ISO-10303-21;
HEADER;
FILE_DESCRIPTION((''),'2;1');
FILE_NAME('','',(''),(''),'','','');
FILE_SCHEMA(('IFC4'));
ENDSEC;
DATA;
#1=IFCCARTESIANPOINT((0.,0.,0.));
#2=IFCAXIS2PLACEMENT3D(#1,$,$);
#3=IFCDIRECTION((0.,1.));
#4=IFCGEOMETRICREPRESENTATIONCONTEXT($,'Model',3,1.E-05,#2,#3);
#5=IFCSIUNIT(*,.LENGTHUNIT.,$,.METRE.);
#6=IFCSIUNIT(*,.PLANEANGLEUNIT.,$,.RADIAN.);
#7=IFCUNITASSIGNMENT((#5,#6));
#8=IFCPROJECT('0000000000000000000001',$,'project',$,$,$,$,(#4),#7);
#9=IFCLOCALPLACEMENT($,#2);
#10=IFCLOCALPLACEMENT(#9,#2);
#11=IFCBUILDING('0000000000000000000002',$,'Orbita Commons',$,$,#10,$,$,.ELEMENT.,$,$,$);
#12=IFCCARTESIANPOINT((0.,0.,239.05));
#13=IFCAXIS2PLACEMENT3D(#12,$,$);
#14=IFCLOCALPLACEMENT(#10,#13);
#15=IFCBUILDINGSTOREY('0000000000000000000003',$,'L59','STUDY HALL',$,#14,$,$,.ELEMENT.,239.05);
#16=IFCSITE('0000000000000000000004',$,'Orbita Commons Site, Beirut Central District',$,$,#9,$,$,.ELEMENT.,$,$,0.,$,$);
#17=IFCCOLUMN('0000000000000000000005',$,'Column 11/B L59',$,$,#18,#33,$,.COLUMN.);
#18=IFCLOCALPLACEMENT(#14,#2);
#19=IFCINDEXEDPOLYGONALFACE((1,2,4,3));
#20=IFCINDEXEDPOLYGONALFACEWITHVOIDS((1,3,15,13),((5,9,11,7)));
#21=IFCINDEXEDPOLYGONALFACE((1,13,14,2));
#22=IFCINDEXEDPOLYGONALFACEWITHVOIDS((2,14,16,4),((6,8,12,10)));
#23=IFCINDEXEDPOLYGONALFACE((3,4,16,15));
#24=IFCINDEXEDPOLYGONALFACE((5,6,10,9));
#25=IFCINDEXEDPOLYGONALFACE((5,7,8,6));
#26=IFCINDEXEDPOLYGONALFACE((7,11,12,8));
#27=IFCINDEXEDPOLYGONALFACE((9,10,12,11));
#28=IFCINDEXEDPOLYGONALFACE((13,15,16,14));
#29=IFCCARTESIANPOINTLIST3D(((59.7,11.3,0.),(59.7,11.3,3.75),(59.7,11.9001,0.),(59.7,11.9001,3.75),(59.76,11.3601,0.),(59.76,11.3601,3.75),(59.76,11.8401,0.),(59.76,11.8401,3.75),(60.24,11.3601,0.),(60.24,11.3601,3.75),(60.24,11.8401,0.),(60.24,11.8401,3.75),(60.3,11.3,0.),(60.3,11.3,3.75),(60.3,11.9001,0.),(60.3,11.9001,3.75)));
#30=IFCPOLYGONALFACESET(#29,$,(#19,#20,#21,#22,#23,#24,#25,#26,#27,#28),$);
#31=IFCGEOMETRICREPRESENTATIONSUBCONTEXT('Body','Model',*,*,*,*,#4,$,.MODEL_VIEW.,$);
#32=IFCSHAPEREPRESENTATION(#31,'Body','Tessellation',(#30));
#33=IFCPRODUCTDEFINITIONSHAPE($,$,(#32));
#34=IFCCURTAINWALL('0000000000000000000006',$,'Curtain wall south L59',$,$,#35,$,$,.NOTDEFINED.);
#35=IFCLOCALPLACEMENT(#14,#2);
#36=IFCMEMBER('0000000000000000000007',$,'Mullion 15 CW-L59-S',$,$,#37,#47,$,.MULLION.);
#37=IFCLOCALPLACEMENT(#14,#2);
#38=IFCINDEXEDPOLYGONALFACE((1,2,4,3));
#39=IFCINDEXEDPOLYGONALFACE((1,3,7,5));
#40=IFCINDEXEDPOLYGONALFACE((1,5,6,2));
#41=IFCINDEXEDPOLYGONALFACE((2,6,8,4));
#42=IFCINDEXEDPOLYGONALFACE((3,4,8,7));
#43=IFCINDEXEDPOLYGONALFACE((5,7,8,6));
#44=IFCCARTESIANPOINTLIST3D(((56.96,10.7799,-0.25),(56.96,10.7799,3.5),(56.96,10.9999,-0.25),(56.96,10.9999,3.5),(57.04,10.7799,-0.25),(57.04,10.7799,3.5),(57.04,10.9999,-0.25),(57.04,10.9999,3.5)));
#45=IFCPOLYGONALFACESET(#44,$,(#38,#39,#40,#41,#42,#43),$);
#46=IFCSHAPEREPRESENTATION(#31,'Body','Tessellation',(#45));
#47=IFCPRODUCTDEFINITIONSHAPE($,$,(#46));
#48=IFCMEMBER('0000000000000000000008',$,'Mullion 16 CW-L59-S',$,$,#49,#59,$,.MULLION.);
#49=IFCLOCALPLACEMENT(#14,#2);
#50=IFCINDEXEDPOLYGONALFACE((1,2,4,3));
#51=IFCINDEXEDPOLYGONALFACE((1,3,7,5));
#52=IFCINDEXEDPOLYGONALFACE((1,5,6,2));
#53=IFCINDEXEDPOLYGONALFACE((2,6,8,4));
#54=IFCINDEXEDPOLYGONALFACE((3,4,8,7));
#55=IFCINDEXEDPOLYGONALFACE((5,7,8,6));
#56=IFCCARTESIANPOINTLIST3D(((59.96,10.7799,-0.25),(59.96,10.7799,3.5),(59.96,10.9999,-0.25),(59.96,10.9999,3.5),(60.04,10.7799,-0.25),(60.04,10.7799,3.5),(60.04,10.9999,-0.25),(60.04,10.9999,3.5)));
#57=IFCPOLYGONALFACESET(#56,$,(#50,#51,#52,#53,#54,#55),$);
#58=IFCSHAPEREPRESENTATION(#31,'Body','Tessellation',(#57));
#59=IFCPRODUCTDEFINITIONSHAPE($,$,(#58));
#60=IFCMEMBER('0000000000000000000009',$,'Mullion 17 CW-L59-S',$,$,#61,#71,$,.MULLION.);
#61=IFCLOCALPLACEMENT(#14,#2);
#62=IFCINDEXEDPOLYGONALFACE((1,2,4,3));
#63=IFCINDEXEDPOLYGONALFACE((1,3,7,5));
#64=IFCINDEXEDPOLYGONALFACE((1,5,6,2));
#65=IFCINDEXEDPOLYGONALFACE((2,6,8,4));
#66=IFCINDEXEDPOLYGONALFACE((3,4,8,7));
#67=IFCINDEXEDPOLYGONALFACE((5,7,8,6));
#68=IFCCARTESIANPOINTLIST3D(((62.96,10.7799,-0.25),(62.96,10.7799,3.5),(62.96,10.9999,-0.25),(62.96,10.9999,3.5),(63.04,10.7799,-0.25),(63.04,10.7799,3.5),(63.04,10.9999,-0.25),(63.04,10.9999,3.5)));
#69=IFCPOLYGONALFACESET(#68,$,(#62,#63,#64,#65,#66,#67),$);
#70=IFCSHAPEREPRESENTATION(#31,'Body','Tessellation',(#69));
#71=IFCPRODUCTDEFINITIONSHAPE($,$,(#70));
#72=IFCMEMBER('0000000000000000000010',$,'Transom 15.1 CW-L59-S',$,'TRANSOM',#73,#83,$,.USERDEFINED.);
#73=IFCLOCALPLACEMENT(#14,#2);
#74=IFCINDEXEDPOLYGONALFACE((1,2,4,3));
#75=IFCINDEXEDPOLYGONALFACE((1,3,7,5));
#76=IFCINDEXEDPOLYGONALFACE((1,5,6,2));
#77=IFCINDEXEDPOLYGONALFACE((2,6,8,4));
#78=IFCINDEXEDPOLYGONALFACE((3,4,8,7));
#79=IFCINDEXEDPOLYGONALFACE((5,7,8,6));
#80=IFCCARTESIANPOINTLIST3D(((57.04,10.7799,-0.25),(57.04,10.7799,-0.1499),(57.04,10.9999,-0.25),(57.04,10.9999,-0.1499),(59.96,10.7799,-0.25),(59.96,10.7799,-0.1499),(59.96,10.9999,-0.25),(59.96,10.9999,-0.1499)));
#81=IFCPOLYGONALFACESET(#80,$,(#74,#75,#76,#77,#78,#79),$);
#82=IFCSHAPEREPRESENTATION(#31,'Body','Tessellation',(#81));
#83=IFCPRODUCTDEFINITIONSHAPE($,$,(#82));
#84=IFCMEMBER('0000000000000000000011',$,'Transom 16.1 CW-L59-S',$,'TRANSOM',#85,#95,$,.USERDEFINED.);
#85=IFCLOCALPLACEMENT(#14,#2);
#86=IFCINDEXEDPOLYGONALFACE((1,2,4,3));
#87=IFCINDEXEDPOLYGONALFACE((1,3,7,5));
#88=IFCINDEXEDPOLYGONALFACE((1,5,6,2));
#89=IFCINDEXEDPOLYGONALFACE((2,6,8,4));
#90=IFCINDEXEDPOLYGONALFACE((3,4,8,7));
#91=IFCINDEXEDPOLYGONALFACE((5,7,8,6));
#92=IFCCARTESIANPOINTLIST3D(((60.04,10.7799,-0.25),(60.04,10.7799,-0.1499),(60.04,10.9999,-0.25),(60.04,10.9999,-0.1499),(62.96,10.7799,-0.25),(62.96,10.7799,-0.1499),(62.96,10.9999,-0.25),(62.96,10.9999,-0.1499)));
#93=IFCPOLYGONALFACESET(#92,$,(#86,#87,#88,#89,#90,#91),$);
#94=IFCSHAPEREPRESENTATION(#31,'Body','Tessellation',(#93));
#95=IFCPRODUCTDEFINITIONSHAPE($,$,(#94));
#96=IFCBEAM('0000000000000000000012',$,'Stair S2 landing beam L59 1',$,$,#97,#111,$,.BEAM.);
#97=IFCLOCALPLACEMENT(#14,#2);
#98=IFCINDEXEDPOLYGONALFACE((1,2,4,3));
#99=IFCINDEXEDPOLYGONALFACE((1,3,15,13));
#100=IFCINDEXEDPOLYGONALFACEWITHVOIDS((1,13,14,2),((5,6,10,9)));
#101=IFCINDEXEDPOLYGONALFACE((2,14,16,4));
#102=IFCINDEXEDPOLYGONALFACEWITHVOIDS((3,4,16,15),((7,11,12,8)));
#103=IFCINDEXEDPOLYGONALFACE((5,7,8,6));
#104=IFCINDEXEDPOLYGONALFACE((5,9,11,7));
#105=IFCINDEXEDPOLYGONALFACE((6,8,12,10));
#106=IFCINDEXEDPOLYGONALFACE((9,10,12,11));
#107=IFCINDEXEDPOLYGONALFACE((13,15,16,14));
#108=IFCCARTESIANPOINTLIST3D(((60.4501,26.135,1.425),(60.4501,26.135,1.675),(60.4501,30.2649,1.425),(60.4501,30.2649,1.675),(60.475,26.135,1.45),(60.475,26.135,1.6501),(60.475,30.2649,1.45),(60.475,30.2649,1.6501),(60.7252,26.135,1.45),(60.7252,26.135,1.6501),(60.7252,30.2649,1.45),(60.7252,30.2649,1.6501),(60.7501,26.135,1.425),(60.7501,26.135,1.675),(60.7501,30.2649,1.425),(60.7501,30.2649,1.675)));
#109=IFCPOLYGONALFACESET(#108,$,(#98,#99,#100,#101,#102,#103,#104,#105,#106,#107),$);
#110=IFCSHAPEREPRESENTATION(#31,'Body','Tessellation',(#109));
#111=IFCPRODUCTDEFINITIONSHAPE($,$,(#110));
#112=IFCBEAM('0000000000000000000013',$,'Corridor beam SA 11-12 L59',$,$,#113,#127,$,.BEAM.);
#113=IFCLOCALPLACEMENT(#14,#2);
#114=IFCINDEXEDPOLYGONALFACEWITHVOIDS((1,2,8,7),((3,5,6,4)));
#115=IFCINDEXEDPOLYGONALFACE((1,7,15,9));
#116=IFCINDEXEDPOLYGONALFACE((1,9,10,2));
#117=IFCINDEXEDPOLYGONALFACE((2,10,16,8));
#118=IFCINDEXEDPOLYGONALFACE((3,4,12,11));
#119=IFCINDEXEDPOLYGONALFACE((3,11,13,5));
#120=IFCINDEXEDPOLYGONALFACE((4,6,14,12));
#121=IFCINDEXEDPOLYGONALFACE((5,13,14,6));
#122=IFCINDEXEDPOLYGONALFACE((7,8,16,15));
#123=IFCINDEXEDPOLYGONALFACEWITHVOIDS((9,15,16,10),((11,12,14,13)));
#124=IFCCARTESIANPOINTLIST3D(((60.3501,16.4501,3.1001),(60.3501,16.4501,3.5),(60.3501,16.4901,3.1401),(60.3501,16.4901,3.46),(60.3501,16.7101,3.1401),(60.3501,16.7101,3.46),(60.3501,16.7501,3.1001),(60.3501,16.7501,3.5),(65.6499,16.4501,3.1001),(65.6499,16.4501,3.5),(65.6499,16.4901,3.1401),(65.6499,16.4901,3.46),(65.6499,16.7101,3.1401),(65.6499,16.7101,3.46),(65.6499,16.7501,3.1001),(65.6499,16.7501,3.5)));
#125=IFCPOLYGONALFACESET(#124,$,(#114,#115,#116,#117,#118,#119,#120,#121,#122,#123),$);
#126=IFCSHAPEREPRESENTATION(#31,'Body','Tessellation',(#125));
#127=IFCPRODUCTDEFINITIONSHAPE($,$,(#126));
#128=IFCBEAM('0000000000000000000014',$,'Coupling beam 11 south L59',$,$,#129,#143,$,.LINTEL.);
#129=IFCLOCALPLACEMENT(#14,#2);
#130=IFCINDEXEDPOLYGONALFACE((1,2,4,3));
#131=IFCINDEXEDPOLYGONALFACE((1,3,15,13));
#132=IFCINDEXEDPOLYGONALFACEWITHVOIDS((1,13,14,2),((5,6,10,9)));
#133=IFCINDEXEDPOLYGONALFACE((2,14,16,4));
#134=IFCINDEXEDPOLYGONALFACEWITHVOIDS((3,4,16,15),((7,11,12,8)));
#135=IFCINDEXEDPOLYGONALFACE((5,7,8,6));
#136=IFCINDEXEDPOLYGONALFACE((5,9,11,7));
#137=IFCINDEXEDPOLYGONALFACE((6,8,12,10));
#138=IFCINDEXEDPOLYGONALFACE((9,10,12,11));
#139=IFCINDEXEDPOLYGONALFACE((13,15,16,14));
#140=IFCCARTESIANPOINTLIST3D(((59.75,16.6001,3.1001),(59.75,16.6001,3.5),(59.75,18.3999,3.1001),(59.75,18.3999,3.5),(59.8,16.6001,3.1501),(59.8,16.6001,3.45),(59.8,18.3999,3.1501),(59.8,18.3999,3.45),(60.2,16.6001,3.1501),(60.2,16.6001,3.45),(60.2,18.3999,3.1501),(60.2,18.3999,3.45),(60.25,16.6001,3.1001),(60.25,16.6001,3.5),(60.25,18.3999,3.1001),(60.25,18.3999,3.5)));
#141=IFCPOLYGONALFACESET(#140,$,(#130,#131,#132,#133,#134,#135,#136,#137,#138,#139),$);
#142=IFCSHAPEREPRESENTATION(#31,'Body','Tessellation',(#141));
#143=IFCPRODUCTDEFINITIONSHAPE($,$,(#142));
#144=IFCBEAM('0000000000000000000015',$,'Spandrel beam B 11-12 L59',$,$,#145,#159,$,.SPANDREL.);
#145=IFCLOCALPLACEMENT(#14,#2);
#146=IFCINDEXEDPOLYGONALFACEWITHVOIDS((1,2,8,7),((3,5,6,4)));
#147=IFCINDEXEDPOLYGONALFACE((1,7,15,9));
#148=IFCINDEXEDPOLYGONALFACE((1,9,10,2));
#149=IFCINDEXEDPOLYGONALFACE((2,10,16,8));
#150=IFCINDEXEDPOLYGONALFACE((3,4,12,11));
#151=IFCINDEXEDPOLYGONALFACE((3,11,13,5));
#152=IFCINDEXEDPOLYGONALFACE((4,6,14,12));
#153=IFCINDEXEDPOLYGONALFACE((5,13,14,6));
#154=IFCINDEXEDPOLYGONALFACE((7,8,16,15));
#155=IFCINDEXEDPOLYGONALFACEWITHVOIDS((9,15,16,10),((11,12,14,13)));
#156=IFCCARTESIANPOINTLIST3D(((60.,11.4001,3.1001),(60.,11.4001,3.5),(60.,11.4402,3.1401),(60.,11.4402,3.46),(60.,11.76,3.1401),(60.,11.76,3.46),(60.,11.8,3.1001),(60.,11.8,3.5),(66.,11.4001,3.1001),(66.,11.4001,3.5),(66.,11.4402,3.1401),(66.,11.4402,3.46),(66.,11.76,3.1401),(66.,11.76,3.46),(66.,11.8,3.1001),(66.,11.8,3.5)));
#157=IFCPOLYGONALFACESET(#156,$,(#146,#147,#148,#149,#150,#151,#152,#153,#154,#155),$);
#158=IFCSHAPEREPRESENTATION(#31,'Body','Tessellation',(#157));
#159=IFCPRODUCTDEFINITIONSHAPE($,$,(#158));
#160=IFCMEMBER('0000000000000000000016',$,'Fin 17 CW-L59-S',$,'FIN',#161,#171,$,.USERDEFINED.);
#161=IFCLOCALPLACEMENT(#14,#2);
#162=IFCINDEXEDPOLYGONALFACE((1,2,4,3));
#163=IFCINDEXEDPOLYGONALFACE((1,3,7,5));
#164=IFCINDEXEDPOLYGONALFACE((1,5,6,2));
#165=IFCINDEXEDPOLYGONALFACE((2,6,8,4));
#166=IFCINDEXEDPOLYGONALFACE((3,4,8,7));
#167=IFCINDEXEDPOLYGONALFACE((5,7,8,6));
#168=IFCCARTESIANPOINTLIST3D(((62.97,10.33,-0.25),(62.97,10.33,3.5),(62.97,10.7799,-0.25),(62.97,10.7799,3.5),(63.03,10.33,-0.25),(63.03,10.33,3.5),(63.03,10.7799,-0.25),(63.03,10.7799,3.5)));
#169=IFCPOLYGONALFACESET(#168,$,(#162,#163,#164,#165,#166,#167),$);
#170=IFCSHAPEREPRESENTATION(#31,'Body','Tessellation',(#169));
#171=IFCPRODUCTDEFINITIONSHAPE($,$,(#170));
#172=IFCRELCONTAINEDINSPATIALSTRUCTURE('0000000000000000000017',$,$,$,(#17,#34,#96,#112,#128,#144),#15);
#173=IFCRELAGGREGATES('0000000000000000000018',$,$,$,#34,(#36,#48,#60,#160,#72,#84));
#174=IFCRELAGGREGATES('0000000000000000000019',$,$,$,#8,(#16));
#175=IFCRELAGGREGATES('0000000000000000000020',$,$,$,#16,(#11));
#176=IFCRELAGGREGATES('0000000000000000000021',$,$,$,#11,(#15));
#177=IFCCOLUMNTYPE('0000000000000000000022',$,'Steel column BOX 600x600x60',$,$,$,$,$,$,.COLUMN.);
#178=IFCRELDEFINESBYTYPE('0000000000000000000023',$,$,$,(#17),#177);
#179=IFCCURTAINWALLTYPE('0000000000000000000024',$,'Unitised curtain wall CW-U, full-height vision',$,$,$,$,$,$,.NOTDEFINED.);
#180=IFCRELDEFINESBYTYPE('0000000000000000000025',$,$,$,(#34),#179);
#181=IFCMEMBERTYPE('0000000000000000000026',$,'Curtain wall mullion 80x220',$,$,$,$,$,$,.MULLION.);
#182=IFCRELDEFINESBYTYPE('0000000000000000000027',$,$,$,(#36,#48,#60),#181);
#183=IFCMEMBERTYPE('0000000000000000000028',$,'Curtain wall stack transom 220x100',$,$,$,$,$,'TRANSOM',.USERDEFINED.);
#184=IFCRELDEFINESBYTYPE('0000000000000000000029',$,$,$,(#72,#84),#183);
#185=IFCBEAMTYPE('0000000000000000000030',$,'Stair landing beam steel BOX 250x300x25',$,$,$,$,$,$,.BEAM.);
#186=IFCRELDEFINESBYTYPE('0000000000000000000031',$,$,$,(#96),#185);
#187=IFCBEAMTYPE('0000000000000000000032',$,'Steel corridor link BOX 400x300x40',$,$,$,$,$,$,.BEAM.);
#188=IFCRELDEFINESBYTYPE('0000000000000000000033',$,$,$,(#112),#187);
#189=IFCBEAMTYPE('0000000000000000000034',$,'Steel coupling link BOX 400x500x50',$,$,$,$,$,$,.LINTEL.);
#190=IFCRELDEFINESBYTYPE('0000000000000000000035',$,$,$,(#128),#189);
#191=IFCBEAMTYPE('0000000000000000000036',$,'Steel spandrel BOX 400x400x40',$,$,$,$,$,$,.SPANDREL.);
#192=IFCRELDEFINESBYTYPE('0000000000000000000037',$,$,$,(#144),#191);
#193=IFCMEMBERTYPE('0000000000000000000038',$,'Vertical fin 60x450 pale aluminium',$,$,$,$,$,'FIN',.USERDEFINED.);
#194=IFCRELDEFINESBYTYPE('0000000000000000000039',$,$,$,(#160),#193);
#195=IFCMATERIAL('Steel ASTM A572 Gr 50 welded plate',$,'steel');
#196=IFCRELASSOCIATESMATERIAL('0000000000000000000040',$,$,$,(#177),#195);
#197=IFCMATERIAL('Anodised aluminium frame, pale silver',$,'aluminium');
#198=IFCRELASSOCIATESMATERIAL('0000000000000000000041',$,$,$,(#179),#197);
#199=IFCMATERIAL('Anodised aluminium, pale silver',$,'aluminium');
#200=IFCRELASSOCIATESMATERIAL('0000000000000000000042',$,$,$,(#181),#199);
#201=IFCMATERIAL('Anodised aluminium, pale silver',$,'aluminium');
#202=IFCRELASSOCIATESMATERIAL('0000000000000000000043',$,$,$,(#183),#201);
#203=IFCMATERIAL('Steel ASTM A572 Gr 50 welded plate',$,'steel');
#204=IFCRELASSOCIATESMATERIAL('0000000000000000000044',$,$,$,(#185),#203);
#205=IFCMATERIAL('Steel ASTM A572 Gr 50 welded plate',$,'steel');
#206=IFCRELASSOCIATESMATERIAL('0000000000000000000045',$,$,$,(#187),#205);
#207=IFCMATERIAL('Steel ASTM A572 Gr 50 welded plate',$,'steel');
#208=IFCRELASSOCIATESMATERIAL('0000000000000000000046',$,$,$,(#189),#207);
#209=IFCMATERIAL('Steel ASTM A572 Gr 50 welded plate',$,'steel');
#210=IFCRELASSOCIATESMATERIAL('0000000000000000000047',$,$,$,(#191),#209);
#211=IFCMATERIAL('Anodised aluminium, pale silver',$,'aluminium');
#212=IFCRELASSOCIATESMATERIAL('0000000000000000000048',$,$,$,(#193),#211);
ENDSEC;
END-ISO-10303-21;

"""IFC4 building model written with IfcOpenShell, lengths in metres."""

from ifc_helpers import new_model, si_unit, direction, frame, origin, origin_2d, place, context, subcontext, project, spatial, rectangle, hollow_rectangle, extrude, material, material_profile, profile_set, type_object, element, aggregate, save


model = new_model("IFC4")

# Units and contexts
model_context = context("Model", 3, precision=1e-05, world=origin(), true_north=direction((0.0, 1.0)))
body_context = subcontext(model_context, "Body", "Model", "MODEL_VIEW")
ifc_project = project(units=[si_unit("LENGTHUNIT", "METRE"), si_unit("PLANEANGLEUNIT", "RADIAN")], contexts=[model_context])

# Site, building, storey
site_placement = place(None, origin())
site = spatial("IfcSite", under=ifc_project, at=site_placement, Name="Orbita Commons Site, Beirut Central District", CompositionType="ELEMENT", RefElevation=0.0)
building_placement = place(site_placement, origin())
building = spatial("IfcBuilding", under=site, at=building_placement, Name="Orbita Commons", CompositionType="ELEMENT")
storey_placement = place(building_placement, frame((0.0, 0.0, 239.05)))
storey = spatial("IfcBuildingStorey", under=building, at=storey_placement, Name="L59", Description="STUDY HALL", CompositionType="ELEMENT", Elevation=239.05)

# Column
ifc_material_1 = material(Name="Steel ASTM A572 Gr 50 welded plate", Category="steel")
ifc_material_profile_1 = material_profile(ifc_material_1, hollow_rectangle(XDim=0.6001, YDim=0.6001, WallThickness=0.0601, at=origin_2d()), Name="BOX 600x600x60")
ifc_profile_set_1 = profile_set([ifc_material_profile_1], Name="Steel ASTM A572 Gr 50 welded plate")
column_type = type_object("IfcColumnType", Name="Steel column BOX 600x600x60", PredefinedType="COLUMN", material=ifc_profile_set_1)
column_placement = place(storey_placement, frame((60.0, 11.6001, 0.0), z_axis=(0.0, 0.0, 1.0), x_axis=(1.0, 0.0, 0.0)))
element("IfcColumn", 1, at=column_placement, inside=storey, type_object=column_type, Name="Column 11/B L59", PredefinedType="COLUMN", context=body_context, shape_type="SweptSolid", body=[
    extrude(hollow_rectangle(XDim=0.6001, YDim=0.6001, WallThickness=0.0601, at=origin_2d()), origin(), (0.0, 0.0, 1.0), 3.75),
])

# Curtain wall, members
ifc_material_2 = material(Name="Anodised aluminium frame, pale silver", Category="aluminium")
curtain_wall_type = type_object("IfcCurtainWallType", Name="Unitised curtain wall CW-U, full-height vision", PredefinedType="NOTDEFINED", material=ifc_material_2)
curtain_wall_placement = place(storey_placement, origin())
curtain_wall = element("IfcCurtainWall", 2, at=curtain_wall_placement, inside=storey, type_object=curtain_wall_type, Name="Curtain wall south L59", PredefinedType="NOTDEFINED")
ifc_material_3 = material(Name="Anodised aluminium, pale silver", Category="aluminium")
ifc_material_profile_2 = material_profile(ifc_material_3, rectangle(XDim=0.0801, YDim=0.22, at=origin_2d()), Name="AL 80x220")
ifc_profile_set_2 = profile_set([ifc_material_profile_2], Name="Anodised aluminium, pale silver")
member_type_1 = type_object("IfcMemberType", Name="Curtain wall mullion 80x220", PredefinedType="MULLION", material=ifc_profile_set_2)
member_1_placement = place(storey_placement, frame((57.0, 10.8899, -0.25), z_axis=(0.0, 0.0, 1.0), x_axis=(1.0, 0.0, 0.0)))
member_1 = element("IfcMember", 3, at=member_1_placement, type_object=member_type_1, Name="Mullion 15 CW-L59-S", PredefinedType="MULLION", context=body_context, shape_type="SweptSolid", body=[
    extrude(rectangle(XDim=0.0801, YDim=0.22, at=origin_2d()), origin(), (0.0, 0.0, 1.0), 3.75),
])
member_2_placement = place(storey_placement, frame((60.0, 10.8899, -0.25), z_axis=(0.0, 0.0, 1.0), x_axis=(1.0, 0.0, 0.0)))
member_2 = element("IfcMember", 4, at=member_2_placement, type_object=member_type_1, Name="Mullion 16 CW-L59-S", PredefinedType="MULLION", context=body_context, shape_type="SweptSolid", body=[
    extrude(rectangle(XDim=0.0801, YDim=0.22, at=origin_2d()), origin(), (0.0, 0.0, 1.0), 3.75),
])
member_3_placement = place(storey_placement, frame((63.0, 10.8899, -0.25), z_axis=(0.0, 0.0, 1.0), x_axis=(1.0, 0.0, 0.0)))
member_3 = element("IfcMember", 5, at=member_3_placement, type_object=member_type_1, Name="Mullion 17 CW-L59-S", PredefinedType="MULLION", context=body_context, shape_type="SweptSolid", body=[
    extrude(rectangle(XDim=0.0801, YDim=0.22, at=origin_2d()), origin(), (0.0, 0.0, 1.0), 3.75),
])
ifc_material_4 = material(Name="Anodised aluminium, pale silver", Category="aluminium")
ifc_material_profile_3 = material_profile(ifc_material_4, rectangle(XDim=0.22, YDim=0.1001, at=origin_2d()), Name="AL 220x100")
ifc_profile_set_3 = profile_set([ifc_material_profile_3], Name="Anodised aluminium, pale silver")
member_type_2 = type_object("IfcMemberType", Name="Curtain wall stack transom 220x100", ElementType="TRANSOM", PredefinedType="USERDEFINED", material=ifc_profile_set_3)
member_4_placement = place(storey_placement, frame((57.04, 10.8899, -0.2), z_axis=(1.0, 0.0, 0.0), x_axis=(0.0, 1.0, 0.0)))
member_4 = element("IfcMember", 6, at=member_4_placement, type_object=member_type_2, Name="Transom 15.1 CW-L59-S", ObjectType="TRANSOM", PredefinedType="USERDEFINED", context=body_context, shape_type="SweptSolid", body=[
    extrude(rectangle(XDim=0.22, YDim=0.1001, at=origin_2d()), origin(), (0.0, 0.0, 1.0), 2.9199),
])
member_5_placement = place(storey_placement, frame((60.04, 10.8899, -0.2), z_axis=(1.0, 0.0, 0.0), x_axis=(0.0, 1.0, 0.0)))
member_5 = element("IfcMember", 7, at=member_5_placement, type_object=member_type_2, Name="Transom 16.1 CW-L59-S", ObjectType="TRANSOM", PredefinedType="USERDEFINED", context=body_context, shape_type="SweptSolid", body=[
    extrude(rectangle(XDim=0.22, YDim=0.1001, at=origin_2d()), origin(), (0.0, 0.0, 1.0), 2.9199),
])

# Beams
ifc_material_5 = material(Name="Steel ASTM A572 Gr 50 welded plate", Category="steel")
ifc_material_profile_4 = material_profile(ifc_material_5, hollow_rectangle(XDim=0.3, YDim=0.25, WallThickness=0.0249, at=origin_2d()), Name="BOX 250x300x25")
ifc_profile_set_4 = profile_set([ifc_material_profile_4], Name="Steel ASTM A572 Gr 50 welded plate")
beam_type_1 = type_object("IfcBeamType", Name="Stair landing beam steel BOX 250x300x25", PredefinedType="BEAM", material=ifc_profile_set_4)
beam_1_placement = place(storey_placement, frame((60.6001, 26.135, 1.55), z_axis=(0.0, 1.0, 0.0), x_axis=(-1.0, 0.0, 0.0)))
element("IfcBeam", 8, at=beam_1_placement, inside=storey, type_object=beam_type_1, Name="Stair S2 landing beam L59 1", PredefinedType="BEAM", context=body_context, shape_type="SweptSolid", body=[
    extrude(hollow_rectangle(XDim=0.3, YDim=0.25, WallThickness=0.0249, at=origin_2d()), origin(), (0.0, 0.0, 1.0), 4.1299),
])
ifc_material_6 = material(Name="Steel ASTM A572 Gr 50 welded plate", Category="steel")
ifc_material_profile_5 = material_profile(ifc_material_6, hollow_rectangle(XDim=0.3, YDim=0.3999, WallThickness=0.04, at=origin_2d()), Name="BOX 400x300x40")
ifc_profile_set_5 = profile_set([ifc_material_profile_5], Name="Steel ASTM A572 Gr 50 welded plate")
beam_type_2 = type_object("IfcBeamType", Name="Steel corridor link BOX 400x300x40", PredefinedType="BEAM", material=ifc_profile_set_5)
beam_2_placement = place(storey_placement, frame((60.3501, 16.6001, 3.3), z_axis=(1.0, 0.0, 0.0), x_axis=(0.0, 1.0, 0.0)))
element("IfcBeam", 9, at=beam_2_placement, inside=storey, type_object=beam_type_2, Name="Corridor beam SA 11-12 L59", PredefinedType="BEAM", context=body_context, shape_type="SweptSolid", body=[
    extrude(hollow_rectangle(XDim=0.3, YDim=0.3999, WallThickness=0.04, at=origin_2d()), origin(), (0.0, 0.0, 1.0), 5.2998),
])
ifc_material_7 = material(Name="Steel ASTM A572 Gr 50 welded plate", Category="steel")
ifc_material_profile_6 = material_profile(ifc_material_7, hollow_rectangle(XDim=0.5, YDim=0.3999, WallThickness=0.05, at=origin_2d()), Name="BOX 400x500x50")
ifc_profile_set_6 = profile_set([ifc_material_profile_6], Name="Steel ASTM A572 Gr 50 welded plate")
beam_type_3 = type_object("IfcBeamType", Name="Steel coupling link BOX 400x500x50", PredefinedType="LINTEL", material=ifc_profile_set_6)
beam_3_placement = place(storey_placement, frame((60.0, 16.6001, 3.3), z_axis=(0.0, 1.0, 0.0), x_axis=(-1.0, 0.0, 0.0)))
element("IfcBeam", 10, at=beam_3_placement, inside=storey, type_object=beam_type_3, Name="Coupling beam 11 south L59", PredefinedType="LINTEL", context=body_context, shape_type="SweptSolid", body=[
    extrude(hollow_rectangle(XDim=0.5, YDim=0.3999, WallThickness=0.05, at=origin_2d()), origin(), (0.0, 0.0, 1.0), 1.7998),
])
ifc_material_8 = material(Name="Steel ASTM A572 Gr 50 welded plate", Category="steel")
ifc_material_profile_7 = material_profile(ifc_material_8, hollow_rectangle(XDim=0.3999, YDim=0.3999, WallThickness=0.04, at=origin_2d()), Name="BOX 400x400x40")
ifc_profile_set_7 = profile_set([ifc_material_profile_7], Name="Steel ASTM A572 Gr 50 welded plate")
beam_type_4 = type_object("IfcBeamType", Name="Steel spandrel BOX 400x400x40", PredefinedType="SPANDREL", material=ifc_profile_set_7)
beam_4_placement = place(storey_placement, frame((60.0, 11.6001, 3.3), z_axis=(1.0, 0.0, 0.0), x_axis=(0.0, 1.0, 0.0)))
element("IfcBeam", 11, at=beam_4_placement, inside=storey, type_object=beam_type_4, Name="Spandrel beam B 11-12 L59", PredefinedType="SPANDREL", context=body_context, shape_type="SweptSolid", body=[
    extrude(hollow_rectangle(XDim=0.3999, YDim=0.3999, WallThickness=0.04, at=origin_2d()), origin(), (0.0, 0.0, 1.0), 6.0),
])

# Member
ifc_material_9 = material(Name="Anodised aluminium, pale silver", Category="aluminium")
ifc_material_profile_8 = material_profile(ifc_material_9, rectangle(XDim=0.0601, YDim=0.45, at=origin_2d()), Name="FIN 60x450")
ifc_profile_set_8 = profile_set([ifc_material_profile_8], Name="Anodised aluminium, pale silver")
member_type_3 = type_object("IfcMemberType", Name="Vertical fin 60x450 pale aluminium", ElementType="FIN", PredefinedType="USERDEFINED", material=ifc_profile_set_8)
member_6_placement = place(storey_placement, frame((63.0, 10.5549, -0.25), z_axis=(0.0, 0.0, 1.0), x_axis=(1.0, 0.0, 0.0)))
member_6 = element("IfcMember", 12, at=member_6_placement, type_object=member_type_3, Name="Fin 17 CW-L59-S", ObjectType="FIN", PredefinedType="USERDEFINED", context=body_context, shape_type="SweptSolid", body=[
    extrude(rectangle(XDim=0.0601, YDim=0.45, at=origin_2d()), origin(), (0.0, 0.0, 1.0), 3.75),
])

aggregate(curtain_wall, [member_1, member_2, member_3, member_6, member_4, member_5])

save(model, "model.ifc")
